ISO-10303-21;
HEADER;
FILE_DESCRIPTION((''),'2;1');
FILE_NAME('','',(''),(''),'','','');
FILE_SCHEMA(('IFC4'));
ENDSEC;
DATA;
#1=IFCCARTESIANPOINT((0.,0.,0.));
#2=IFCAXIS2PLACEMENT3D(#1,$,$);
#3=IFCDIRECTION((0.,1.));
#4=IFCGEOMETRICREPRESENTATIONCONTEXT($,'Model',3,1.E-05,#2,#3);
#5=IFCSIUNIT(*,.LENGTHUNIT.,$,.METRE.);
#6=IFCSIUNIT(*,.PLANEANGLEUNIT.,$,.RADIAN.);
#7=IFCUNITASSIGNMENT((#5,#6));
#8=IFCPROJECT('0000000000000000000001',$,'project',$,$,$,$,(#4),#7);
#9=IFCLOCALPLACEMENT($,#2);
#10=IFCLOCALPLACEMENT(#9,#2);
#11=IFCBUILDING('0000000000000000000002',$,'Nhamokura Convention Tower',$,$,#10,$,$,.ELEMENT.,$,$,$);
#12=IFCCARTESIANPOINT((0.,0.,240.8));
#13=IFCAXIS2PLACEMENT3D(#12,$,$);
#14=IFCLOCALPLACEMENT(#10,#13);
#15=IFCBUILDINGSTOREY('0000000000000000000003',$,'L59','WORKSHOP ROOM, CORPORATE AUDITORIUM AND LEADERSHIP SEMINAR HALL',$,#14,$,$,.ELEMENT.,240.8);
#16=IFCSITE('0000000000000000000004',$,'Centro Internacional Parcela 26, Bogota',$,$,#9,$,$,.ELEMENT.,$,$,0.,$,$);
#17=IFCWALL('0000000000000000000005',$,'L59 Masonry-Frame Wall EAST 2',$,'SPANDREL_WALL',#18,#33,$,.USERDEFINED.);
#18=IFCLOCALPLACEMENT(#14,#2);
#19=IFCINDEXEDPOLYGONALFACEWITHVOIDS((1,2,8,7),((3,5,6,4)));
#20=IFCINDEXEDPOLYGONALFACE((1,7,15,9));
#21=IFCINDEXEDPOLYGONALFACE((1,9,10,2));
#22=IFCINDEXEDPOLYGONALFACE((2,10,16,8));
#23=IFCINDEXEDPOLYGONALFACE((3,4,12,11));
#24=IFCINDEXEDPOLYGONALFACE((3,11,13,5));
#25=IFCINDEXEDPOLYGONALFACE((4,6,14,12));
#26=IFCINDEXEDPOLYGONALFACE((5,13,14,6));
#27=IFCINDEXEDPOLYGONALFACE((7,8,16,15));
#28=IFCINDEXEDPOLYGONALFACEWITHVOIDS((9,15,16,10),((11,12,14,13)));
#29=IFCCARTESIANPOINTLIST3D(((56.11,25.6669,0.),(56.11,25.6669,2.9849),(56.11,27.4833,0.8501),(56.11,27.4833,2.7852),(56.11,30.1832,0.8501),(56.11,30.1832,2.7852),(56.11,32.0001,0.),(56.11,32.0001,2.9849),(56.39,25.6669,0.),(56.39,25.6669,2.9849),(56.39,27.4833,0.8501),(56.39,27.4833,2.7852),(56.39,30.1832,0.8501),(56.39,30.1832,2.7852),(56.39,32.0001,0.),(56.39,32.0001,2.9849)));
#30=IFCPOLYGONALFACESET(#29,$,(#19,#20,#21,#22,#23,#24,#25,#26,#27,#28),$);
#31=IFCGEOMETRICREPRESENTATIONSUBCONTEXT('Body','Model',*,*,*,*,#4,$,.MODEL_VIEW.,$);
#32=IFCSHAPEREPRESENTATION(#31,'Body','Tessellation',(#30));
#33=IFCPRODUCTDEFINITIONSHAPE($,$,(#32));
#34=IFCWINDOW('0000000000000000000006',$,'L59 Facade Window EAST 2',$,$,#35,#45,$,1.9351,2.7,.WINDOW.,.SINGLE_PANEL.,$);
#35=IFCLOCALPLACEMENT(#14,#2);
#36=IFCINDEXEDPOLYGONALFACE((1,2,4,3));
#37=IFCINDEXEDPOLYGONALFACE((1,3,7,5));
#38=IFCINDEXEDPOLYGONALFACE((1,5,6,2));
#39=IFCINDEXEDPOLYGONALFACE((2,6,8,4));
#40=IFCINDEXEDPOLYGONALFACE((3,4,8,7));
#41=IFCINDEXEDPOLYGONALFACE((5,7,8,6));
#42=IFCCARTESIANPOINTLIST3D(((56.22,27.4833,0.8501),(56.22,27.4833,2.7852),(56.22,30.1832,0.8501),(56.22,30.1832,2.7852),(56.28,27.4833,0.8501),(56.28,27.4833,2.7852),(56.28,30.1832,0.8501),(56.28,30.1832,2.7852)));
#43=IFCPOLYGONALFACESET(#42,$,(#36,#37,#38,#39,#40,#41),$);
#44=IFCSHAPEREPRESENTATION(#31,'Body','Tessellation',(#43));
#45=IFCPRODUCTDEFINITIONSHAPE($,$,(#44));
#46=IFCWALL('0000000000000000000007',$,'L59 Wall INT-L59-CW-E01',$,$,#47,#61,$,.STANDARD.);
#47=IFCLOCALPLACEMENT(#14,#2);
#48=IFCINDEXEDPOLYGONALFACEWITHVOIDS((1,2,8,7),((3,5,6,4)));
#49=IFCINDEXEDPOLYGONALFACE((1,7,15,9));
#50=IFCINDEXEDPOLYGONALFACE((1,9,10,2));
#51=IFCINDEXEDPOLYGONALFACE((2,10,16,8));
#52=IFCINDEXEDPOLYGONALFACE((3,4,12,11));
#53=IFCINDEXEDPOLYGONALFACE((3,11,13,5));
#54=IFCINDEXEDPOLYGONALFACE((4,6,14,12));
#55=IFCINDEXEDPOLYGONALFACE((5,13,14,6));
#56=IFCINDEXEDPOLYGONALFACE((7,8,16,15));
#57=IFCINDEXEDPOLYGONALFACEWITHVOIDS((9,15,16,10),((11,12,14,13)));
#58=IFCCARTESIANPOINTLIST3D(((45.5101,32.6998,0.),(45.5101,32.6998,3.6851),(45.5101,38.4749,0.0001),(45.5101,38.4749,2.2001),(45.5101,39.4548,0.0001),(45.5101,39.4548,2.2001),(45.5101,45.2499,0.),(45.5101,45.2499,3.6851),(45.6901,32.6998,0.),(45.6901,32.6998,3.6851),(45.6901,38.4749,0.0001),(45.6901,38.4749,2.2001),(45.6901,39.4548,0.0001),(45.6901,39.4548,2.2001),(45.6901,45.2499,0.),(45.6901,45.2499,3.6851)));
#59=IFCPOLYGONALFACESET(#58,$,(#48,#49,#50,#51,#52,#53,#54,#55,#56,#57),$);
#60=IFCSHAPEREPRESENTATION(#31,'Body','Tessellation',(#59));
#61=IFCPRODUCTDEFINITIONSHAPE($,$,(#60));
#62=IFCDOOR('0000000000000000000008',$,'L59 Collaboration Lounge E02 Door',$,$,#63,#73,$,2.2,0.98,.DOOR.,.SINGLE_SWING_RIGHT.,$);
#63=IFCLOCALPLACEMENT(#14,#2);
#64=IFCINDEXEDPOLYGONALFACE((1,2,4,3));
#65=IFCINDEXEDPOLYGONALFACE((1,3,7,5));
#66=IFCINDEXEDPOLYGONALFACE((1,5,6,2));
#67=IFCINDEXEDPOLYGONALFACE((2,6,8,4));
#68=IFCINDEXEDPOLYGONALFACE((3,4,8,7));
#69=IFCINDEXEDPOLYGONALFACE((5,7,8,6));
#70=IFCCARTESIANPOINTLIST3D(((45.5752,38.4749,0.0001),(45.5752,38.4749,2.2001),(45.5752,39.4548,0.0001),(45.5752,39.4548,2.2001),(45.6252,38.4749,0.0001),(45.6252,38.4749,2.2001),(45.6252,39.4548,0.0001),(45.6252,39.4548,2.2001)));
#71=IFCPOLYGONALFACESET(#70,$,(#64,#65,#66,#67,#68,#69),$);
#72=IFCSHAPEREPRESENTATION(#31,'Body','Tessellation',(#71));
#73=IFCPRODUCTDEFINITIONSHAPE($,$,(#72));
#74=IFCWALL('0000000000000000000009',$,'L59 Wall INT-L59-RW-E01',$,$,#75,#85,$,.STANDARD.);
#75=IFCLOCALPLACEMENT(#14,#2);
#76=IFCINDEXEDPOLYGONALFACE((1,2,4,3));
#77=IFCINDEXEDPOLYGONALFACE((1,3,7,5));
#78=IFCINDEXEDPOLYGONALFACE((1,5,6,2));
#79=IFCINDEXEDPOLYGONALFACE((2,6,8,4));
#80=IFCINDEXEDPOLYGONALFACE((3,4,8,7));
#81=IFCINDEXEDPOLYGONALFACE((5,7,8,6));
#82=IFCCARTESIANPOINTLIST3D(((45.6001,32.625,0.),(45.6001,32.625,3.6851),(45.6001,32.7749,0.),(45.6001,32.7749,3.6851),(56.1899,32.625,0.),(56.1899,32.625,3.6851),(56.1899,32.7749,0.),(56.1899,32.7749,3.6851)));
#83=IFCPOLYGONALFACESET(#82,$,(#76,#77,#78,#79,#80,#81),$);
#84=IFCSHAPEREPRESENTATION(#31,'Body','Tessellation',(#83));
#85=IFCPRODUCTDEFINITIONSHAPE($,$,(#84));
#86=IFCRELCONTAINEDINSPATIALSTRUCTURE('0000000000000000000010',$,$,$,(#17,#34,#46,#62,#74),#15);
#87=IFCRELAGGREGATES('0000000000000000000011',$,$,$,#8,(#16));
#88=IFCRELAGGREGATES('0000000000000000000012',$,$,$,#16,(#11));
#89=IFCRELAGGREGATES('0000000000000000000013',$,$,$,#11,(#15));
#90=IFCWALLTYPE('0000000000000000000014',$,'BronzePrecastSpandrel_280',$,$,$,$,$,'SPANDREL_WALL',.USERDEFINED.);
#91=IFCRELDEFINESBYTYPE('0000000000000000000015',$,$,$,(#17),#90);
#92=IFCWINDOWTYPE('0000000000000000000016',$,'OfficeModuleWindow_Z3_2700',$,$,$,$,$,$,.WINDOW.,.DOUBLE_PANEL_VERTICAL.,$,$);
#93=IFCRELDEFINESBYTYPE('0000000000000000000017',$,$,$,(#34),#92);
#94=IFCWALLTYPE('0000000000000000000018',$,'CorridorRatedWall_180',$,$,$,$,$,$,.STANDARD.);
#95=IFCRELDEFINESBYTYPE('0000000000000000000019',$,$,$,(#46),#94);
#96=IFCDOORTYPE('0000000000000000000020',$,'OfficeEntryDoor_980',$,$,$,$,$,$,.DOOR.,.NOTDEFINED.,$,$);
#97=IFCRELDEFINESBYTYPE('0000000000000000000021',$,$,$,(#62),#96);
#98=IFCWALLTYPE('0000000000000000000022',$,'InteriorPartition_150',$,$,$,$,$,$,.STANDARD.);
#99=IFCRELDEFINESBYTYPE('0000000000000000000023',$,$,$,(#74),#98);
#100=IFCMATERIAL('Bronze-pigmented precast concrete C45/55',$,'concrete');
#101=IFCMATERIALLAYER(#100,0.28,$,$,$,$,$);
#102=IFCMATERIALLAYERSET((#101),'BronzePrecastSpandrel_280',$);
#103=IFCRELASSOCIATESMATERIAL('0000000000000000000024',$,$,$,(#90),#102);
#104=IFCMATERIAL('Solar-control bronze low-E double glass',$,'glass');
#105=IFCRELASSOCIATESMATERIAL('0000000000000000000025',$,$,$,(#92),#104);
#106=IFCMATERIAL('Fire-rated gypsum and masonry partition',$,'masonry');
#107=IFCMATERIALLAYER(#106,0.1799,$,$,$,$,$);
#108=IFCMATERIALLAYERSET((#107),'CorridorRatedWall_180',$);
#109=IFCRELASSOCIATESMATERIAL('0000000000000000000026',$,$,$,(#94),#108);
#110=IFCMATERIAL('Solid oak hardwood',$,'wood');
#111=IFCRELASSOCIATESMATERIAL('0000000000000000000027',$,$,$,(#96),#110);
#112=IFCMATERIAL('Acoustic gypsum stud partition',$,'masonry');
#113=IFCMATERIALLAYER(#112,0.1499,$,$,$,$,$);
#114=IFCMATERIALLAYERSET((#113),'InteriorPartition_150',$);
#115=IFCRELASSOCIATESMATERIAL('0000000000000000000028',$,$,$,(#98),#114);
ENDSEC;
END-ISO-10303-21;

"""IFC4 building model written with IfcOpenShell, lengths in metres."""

from ifc_helpers import new_model, si_unit, direction, frame, frame_2d, origin, place, context, subcontext, project, spatial, rectangle, extrude, material, layer, layer_set, type_object, element, fill, save


model = new_model("IFC4")

# Units and contexts
model_context = context("Model", 3, precision=1e-05, world=origin(), true_north=direction((0.0, 1.0)))
body_context = subcontext(model_context, "Body", "Model", "MODEL_VIEW")
ifc_project = project(units=[si_unit("LENGTHUNIT", "METRE"), si_unit("PLANEANGLEUNIT", "RADIAN")], contexts=[model_context])

# Site, building, storey
site_placement = place(None, origin())
site = spatial("IfcSite", under=ifc_project, at=site_placement, Name="Centro Internacional Parcela 26, Bogota", CompositionType="ELEMENT", RefElevation=0.0)
building_placement = place(site_placement, origin())
building = spatial("IfcBuilding", under=site, at=building_placement, Name="Nhamokura Convention Tower", CompositionType="ELEMENT")
storey_placement = place(building_placement, frame((0.0, 0.0, 240.8)))
storey = spatial("IfcBuildingStorey", under=building, at=storey_placement, Name="L59", Description="WORKSHOP ROOM, CORPORATE AUDITORIUM AND LEADERSHIP SEMINAR HALL", CompositionType="ELEMENT", Elevation=240.8)

# Shared definitions
ifc_material_1 = material(Name="Bronze-pigmented precast concrete C45/55", Category="concrete")
ifc_layer_1 = layer(ifc_material_1, 0.28)
ifc_layer_set_1 = layer_set([ifc_layer_1], Name="BronzePrecastSpandrel_280")
wall_type_1 = type_object("IfcWallType", Name="BronzePrecastSpandrel_280", ElementType="SPANDREL_WALL", PredefinedType="USERDEFINED", material=ifc_layer_set_1)

# Wall, opening, window
wall_1_placement = place(storey_placement, frame((56.25, 32.0, 0.0), z_axis=(0.0, 0.0, 1.0), x_axis=(0.0, -1.0, 0.0)))
wall_1 = element("IfcWall", 1, at=wall_1_placement, inside=storey, type_object=wall_type_1, Name="L59 Masonry-Frame Wall EAST 2", ObjectType="SPANDREL_WALL", PredefinedType="USERDEFINED", context=body_context, shape_type="SweptSolid", body=[
    extrude(rectangle(XDim=6.3333, YDim=0.28, at=frame_2d((3.1665, 0.0))), origin(), (0.0, 0.0, 1.0), 2.9849),
])
opening_1_placement = place(wall_1_placement, frame((1.8167, 0.0, 0.8501)))
opening_1 = element("IfcOpeningElement", 2, at=opening_1_placement, cuts=wall_1, PredefinedType="OPENING", context=body_context, shape_type="SweptSolid", body=[
    extrude(rectangle(XDim=2.7, YDim=1.9351, at=frame_2d((1.3501, 0.9675))), frame((0.0, 0.1499, 0.0), z_axis=(0.0, -1.0, 0.0), x_axis=(1.0, 0.0, 0.0)), (0.0, 0.0, 1.0), 0.3),
])
ifc_material_2 = material(Name="Solar-control bronze low-E double glass", Category="glass")
window_type = type_object("IfcWindowType", Name="OfficeModuleWindow_Z3_2700", PartitioningType="DOUBLE_PANEL_VERTICAL", PredefinedType="WINDOW", material=ifc_material_2)
window_placement = place(opening_1_placement, origin())
window = element("IfcWindow", 3, at=window_placement, inside=storey, type_object=window_type, Name="L59 Facade Window EAST 2", OverallHeight=1.9351, OverallWidth=2.7, PartitioningType="SINGLE_PANEL", PredefinedType="WINDOW", context=body_context, shape_type="SweptSolid", body=[
    extrude(rectangle(XDim=2.7, YDim=1.9351, at=frame_2d((1.3501, 0.9675))), frame((0.0, 0.03, 0.0), z_axis=(0.0, -1.0, 0.0), x_axis=(1.0, 0.0, 0.0)), (0.0, 0.0, 1.0), 0.0601),
])
fill(opening_1, window)

# Wall, opening, door
ifc_material_3 = material(Name="Fire-rated gypsum and masonry partition", Category="masonry")
ifc_layer_2 = layer(ifc_material_3, 0.1799)
ifc_layer_set_2 = layer_set([ifc_layer_2], Name="CorridorRatedWall_180")
wall_type_2 = type_object("IfcWallType", Name="CorridorRatedWall_180", PredefinedType="STANDARD", material=ifc_layer_set_2)
wall_2_placement = place(storey_placement, frame((45.6001, 32.7, 0.0), z_axis=(0.0, 0.0, 1.0), x_axis=(0.0, 1.0, 0.0)))
wall_2 = element("IfcWall", 4, at=wall_2_placement, inside=storey, type_object=wall_type_2, Name="L59 Wall INT-L59-CW-E01", PredefinedType="STANDARD", context=body_context, shape_type="SweptSolid", body=[
    extrude(rectangle(XDim=12.55, YDim=0.1799, at=frame_2d((6.2749, 0.0))), origin(), (0.0, 0.0, 1.0), 3.6851),
])
opening_2_placement = place(wall_2_placement, frame((5.7749, 0.0, 0.0)))
opening_2 = element("IfcOpeningElement", 5, at=opening_2_placement, cuts=wall_2, PredefinedType="OPENING", context=body_context, shape_type="SweptSolid", body=[
    extrude(rectangle(XDim=0.98, YDim=2.2, at=frame_2d((0.49, 1.1001))), frame((0.0, 0.0999, 0.0), z_axis=(0.0, -1.0, 0.0), x_axis=(1.0, 0.0, 0.0)), (0.0, 0.0, 1.0), 0.2),
])
ifc_material_4 = material(Name="Solid oak hardwood", Category="wood")
door_type = type_object("IfcDoorType", Name="OfficeEntryDoor_980", OperationType="NOTDEFINED", PredefinedType="DOOR", material=ifc_material_4)
door_placement = place(opening_2_placement, origin())
door = element("IfcDoor", 6, at=door_placement, inside=storey, type_object=door_type, Name="L59 Collaboration Lounge E02 Door", OperationType="SINGLE_SWING_RIGHT", OverallHeight=2.2, OverallWidth=0.98, PredefinedType="DOOR", context=body_context, shape_type="SweptSolid", body=[
    extrude(rectangle(XDim=0.98, YDim=2.2, at=frame_2d((0.49, 1.1001))), frame((0.0, 0.0249, 0.0), z_axis=(0.0, -1.0, 0.0), x_axis=(1.0, 0.0, 0.0)), (0.0, 0.0, 1.0), 0.05),
])
fill(opening_2, door)

# Wall
ifc_material_5 = material(Name="Acoustic gypsum stud partition", Category="masonry")
ifc_layer_3 = layer(ifc_material_5, 0.1499)
ifc_layer_set_3 = layer_set([ifc_layer_3], Name="InteriorPartition_150")
wall_type_3 = type_object("IfcWallType", Name="InteriorPartition_150", PredefinedType="STANDARD", material=ifc_layer_set_3)
wall_3_placement = place(storey_placement, frame((45.6001, 32.7, 0.0), z_axis=(0.0, 0.0, 1.0), x_axis=(1.0, 0.0, 0.0)))
element("IfcWall", 7, at=wall_3_placement, inside=storey, type_object=wall_type_3, Name="L59 Wall INT-L59-RW-E01", PredefinedType="STANDARD", context=body_context, shape_type="SweptSolid", body=[
    extrude(rectangle(XDim=10.5898, YDim=0.1499, at=frame_2d((5.2949, 0.0))), origin(), (0.0, 0.0, 1.0), 3.6851),
])

save(model, "model.ifc")
